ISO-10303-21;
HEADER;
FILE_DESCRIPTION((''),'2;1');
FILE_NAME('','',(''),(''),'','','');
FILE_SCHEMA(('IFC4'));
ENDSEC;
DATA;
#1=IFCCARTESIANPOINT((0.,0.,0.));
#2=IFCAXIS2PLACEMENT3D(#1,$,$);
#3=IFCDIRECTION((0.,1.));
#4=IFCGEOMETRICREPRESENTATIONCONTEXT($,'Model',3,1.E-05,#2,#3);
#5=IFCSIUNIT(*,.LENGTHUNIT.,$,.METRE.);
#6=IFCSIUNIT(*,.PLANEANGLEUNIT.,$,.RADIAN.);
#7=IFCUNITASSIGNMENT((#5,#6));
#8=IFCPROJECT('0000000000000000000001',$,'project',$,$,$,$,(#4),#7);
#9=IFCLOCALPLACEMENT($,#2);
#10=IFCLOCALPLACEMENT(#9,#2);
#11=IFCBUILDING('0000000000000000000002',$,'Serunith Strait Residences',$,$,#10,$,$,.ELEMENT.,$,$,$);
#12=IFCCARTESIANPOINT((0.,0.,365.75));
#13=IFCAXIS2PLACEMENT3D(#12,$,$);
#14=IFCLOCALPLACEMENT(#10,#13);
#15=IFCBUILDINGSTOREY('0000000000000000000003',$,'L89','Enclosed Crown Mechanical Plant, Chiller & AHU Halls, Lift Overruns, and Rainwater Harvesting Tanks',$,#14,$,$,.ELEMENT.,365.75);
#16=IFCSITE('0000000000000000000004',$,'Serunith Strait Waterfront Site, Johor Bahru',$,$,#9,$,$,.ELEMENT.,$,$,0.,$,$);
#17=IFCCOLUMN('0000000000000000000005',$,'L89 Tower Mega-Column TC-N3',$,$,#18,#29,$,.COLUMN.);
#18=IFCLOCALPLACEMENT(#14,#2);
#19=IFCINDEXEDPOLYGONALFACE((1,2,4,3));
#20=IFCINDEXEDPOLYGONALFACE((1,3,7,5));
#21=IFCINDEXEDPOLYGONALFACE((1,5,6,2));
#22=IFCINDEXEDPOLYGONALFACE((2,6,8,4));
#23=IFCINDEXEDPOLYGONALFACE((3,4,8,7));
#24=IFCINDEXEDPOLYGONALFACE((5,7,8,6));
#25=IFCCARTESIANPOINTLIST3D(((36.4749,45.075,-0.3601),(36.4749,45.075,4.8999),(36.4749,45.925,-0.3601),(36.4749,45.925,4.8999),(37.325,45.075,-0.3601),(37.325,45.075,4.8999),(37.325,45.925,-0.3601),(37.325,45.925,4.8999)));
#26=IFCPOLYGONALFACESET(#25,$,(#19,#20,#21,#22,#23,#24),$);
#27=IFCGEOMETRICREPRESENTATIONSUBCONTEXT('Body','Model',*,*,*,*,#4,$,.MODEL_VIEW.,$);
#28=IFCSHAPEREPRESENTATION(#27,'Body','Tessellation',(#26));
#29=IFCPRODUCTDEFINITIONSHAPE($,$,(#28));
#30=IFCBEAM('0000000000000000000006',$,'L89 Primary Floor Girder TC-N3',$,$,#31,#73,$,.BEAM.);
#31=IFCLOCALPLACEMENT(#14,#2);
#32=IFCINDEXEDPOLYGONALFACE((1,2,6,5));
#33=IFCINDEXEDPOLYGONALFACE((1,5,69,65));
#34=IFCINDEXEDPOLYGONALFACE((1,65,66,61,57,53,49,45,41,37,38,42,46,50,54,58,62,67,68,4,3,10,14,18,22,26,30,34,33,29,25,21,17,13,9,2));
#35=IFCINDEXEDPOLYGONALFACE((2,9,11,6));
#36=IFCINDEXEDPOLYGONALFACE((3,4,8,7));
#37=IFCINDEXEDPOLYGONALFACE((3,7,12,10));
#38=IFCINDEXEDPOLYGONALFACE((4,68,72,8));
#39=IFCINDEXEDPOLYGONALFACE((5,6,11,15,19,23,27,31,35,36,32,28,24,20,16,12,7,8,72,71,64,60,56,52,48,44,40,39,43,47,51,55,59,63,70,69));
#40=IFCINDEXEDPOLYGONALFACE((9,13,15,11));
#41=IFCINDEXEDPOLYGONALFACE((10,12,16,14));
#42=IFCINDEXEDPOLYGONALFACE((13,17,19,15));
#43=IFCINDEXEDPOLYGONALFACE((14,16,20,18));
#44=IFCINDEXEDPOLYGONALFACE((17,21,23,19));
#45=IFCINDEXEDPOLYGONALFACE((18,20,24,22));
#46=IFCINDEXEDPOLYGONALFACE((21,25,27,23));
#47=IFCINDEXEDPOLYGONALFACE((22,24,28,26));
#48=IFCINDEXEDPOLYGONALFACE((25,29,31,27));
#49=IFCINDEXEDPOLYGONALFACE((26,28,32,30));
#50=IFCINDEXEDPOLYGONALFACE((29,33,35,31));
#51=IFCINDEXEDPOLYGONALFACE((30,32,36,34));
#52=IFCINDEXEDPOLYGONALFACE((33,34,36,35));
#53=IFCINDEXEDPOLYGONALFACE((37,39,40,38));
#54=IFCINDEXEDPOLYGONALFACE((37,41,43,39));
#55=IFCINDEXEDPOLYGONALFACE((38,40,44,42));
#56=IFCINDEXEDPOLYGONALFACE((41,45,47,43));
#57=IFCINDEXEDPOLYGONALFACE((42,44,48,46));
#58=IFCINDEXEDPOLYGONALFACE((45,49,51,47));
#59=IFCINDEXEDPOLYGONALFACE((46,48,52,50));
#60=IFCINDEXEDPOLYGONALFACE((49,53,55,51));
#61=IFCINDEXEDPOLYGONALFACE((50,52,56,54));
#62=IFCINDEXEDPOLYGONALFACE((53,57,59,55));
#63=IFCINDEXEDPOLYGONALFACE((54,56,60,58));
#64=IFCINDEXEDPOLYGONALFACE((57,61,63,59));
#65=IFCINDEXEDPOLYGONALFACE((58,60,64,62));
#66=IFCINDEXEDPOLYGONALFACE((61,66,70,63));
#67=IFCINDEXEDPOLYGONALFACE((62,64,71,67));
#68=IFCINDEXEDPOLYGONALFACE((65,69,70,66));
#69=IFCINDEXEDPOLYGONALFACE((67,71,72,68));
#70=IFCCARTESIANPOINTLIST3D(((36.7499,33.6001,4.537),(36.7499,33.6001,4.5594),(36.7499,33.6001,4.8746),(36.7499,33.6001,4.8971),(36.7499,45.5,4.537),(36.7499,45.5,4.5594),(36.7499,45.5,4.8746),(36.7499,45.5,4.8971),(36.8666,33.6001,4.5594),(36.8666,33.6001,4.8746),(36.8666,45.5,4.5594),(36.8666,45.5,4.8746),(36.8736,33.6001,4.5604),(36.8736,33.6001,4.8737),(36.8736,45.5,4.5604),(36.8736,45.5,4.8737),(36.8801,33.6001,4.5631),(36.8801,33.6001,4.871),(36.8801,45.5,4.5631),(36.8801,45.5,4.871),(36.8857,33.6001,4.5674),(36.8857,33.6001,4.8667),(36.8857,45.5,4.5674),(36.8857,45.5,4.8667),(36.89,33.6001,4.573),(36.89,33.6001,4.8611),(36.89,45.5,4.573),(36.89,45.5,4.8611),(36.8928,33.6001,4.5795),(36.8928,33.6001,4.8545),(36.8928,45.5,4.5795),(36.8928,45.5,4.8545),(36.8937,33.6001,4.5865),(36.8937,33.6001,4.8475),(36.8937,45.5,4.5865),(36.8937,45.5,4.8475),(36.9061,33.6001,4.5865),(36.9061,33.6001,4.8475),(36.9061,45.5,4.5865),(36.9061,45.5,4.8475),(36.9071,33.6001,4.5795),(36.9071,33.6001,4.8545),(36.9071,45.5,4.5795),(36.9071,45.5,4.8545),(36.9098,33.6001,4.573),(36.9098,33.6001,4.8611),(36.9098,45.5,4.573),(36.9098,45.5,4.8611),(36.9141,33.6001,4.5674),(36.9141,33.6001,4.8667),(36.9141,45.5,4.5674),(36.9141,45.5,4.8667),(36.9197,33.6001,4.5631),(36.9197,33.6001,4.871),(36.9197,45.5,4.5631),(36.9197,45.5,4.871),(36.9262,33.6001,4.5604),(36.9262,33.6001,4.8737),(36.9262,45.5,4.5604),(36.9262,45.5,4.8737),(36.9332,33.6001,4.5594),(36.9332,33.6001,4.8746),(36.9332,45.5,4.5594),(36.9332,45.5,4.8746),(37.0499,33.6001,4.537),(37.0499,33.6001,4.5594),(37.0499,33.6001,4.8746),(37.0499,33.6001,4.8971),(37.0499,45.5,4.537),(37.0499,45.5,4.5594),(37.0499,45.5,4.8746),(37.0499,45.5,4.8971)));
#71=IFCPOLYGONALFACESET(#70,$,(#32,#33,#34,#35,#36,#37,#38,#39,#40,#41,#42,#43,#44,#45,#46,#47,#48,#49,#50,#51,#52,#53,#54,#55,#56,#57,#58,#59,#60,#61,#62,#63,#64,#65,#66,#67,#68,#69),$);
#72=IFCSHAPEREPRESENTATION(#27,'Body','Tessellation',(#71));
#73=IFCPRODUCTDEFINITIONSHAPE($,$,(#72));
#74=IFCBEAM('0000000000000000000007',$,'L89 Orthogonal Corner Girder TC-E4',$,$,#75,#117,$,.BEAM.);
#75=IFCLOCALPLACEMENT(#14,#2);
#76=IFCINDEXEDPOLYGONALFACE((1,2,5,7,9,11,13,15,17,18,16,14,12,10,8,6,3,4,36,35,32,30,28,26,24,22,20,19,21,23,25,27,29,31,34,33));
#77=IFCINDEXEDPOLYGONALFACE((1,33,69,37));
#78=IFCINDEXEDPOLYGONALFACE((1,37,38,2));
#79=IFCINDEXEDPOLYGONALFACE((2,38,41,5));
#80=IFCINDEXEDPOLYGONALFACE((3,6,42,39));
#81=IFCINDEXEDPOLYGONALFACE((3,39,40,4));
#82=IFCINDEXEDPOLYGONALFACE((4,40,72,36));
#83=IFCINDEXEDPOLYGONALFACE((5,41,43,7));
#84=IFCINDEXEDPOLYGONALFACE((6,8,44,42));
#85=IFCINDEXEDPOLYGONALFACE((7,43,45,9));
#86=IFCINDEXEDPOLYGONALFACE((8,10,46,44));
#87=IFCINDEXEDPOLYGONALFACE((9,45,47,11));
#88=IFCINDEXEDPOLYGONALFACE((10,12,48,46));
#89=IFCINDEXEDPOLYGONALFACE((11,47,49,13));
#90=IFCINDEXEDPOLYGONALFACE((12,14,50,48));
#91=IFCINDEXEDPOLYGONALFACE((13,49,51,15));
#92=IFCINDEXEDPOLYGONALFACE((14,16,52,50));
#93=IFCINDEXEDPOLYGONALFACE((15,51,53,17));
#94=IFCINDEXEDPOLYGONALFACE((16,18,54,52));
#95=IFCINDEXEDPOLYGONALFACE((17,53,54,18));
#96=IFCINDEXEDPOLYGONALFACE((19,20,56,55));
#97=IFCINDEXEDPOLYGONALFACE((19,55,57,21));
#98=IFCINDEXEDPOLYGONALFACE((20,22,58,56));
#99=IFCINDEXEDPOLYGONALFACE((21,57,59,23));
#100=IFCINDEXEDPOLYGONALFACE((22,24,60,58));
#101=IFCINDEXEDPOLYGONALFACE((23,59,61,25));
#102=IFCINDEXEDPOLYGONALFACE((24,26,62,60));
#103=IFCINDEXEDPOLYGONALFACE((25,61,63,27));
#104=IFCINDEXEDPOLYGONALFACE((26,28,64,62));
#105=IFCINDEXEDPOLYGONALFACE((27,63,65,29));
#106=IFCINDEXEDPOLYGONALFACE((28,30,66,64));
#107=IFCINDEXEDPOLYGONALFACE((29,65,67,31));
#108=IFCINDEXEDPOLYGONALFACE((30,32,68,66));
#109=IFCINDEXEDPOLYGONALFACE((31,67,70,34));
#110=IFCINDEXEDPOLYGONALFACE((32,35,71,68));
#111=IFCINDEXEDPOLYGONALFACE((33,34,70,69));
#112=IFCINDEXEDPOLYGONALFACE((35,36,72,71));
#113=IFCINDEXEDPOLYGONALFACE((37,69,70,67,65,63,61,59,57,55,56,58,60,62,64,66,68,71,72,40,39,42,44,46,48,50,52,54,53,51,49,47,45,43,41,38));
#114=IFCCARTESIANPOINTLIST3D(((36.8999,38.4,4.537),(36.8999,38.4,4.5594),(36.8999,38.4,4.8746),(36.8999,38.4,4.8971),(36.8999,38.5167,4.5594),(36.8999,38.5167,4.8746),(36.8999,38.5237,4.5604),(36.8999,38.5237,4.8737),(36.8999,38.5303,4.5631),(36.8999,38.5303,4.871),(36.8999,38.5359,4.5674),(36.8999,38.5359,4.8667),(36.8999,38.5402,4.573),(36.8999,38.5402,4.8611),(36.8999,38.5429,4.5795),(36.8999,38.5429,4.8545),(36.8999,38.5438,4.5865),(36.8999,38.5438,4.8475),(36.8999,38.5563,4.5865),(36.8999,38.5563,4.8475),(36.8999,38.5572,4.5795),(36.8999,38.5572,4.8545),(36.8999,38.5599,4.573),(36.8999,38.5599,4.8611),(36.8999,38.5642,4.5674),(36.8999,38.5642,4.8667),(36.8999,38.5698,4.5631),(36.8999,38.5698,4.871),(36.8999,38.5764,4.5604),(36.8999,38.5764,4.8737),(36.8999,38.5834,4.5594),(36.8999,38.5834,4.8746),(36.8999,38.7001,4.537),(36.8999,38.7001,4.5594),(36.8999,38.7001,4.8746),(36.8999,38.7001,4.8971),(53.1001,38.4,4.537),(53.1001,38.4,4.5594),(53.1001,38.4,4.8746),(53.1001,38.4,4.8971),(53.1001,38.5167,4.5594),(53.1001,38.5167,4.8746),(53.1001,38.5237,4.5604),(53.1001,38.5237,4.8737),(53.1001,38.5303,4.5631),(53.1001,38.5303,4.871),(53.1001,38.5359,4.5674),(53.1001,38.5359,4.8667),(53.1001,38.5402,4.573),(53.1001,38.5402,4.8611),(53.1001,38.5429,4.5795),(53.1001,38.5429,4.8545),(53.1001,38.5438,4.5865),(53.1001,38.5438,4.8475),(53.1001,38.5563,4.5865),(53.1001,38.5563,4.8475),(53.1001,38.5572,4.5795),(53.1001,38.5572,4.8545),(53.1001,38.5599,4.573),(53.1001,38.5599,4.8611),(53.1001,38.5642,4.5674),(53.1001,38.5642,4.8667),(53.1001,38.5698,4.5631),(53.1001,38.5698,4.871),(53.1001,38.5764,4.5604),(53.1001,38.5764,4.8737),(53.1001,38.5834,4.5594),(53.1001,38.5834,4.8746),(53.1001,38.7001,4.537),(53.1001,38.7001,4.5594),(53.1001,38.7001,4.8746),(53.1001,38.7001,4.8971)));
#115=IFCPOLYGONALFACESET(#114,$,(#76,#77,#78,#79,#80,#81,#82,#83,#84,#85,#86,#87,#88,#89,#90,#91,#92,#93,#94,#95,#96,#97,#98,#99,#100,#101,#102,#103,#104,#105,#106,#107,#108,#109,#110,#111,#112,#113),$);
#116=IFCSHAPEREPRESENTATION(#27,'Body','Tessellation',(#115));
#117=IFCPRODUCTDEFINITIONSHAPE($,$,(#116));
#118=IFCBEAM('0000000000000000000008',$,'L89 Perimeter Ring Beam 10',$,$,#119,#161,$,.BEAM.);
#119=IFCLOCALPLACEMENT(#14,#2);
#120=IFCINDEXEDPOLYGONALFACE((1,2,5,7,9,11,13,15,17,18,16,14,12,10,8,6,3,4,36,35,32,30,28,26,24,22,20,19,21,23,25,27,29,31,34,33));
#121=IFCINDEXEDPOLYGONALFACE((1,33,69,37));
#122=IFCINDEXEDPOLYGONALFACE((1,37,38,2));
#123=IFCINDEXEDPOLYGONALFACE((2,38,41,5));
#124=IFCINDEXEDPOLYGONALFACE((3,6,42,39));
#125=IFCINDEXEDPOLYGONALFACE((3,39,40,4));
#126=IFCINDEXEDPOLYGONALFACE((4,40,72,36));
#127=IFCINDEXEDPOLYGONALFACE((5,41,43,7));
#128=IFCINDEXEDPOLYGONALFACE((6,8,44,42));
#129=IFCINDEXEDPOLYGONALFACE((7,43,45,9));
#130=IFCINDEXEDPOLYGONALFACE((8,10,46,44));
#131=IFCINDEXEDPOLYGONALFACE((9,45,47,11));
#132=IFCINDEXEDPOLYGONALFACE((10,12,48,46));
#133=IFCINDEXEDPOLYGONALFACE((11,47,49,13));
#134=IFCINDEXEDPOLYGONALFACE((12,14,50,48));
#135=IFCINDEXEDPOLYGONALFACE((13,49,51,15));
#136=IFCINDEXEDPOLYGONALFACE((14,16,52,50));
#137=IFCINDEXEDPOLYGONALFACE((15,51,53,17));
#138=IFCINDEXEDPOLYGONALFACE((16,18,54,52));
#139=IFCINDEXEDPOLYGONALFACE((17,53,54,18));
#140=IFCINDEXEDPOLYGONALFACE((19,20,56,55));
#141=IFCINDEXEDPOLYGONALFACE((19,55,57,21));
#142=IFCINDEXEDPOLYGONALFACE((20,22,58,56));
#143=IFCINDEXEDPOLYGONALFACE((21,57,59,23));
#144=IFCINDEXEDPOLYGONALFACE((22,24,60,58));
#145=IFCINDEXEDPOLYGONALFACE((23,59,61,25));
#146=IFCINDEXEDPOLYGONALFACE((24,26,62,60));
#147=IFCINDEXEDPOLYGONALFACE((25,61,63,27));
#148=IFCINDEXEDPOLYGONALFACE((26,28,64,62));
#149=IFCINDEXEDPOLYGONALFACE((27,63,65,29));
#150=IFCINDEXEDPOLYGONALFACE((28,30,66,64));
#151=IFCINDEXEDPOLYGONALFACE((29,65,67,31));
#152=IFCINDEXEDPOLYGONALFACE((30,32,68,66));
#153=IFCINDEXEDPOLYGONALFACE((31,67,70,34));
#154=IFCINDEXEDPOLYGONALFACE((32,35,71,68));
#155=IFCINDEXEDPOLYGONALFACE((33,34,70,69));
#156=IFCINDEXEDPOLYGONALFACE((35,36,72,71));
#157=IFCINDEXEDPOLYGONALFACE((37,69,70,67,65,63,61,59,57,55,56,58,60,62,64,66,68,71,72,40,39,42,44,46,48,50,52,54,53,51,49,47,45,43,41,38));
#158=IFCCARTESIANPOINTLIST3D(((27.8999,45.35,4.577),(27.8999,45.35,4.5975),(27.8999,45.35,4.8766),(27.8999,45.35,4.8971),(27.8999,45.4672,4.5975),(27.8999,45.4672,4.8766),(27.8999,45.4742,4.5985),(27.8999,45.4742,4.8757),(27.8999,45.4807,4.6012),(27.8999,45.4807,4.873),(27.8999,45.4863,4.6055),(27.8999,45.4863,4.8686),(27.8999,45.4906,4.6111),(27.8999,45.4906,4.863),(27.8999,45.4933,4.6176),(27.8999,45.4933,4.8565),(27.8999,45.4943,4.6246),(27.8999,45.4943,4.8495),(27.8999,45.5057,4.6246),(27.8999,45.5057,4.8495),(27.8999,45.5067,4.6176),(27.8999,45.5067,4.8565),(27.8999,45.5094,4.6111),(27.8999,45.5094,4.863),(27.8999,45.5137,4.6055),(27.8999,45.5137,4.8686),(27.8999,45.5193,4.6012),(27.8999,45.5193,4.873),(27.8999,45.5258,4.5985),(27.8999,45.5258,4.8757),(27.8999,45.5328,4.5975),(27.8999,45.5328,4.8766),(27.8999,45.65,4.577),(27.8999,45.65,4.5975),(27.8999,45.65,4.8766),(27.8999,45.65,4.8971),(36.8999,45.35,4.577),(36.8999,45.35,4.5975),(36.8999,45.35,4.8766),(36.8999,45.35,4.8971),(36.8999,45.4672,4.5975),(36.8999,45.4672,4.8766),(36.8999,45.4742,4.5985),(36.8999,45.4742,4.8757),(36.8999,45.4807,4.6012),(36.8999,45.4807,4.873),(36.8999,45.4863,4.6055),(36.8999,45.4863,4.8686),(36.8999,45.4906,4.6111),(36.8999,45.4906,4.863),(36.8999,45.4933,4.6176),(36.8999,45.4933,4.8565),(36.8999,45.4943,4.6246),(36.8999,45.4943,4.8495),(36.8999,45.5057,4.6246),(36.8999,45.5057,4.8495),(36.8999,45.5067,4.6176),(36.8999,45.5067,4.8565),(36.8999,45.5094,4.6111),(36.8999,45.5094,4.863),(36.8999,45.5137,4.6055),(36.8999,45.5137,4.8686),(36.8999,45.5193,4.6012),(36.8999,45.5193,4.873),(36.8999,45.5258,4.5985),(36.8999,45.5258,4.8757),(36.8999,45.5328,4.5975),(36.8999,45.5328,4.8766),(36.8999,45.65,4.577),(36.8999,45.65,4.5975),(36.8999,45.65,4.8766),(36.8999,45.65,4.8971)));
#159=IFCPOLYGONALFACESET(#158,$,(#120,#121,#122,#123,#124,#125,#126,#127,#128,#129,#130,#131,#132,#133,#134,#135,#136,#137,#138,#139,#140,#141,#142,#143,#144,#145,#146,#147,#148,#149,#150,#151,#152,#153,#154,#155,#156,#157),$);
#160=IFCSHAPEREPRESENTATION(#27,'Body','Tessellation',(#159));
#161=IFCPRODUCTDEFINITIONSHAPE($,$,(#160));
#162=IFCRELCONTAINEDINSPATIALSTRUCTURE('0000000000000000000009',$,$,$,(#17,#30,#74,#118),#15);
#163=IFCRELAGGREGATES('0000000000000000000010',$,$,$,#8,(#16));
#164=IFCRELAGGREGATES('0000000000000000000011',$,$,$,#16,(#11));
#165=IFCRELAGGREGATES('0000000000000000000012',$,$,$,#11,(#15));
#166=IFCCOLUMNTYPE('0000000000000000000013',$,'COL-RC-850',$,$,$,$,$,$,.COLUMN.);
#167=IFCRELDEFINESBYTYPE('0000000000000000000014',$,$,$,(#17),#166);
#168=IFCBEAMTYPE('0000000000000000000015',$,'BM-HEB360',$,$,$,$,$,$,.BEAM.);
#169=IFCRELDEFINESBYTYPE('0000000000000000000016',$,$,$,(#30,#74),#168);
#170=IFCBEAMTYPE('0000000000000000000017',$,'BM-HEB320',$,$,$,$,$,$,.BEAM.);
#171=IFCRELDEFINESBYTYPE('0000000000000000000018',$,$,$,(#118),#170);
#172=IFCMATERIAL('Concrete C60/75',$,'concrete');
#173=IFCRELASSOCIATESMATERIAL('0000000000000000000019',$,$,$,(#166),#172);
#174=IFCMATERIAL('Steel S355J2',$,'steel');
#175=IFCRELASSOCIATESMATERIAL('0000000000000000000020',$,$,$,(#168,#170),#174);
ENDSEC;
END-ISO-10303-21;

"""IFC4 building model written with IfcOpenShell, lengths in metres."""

from ifc_helpers import new_model, si_unit, direction, frame, origin, origin_2d, place, context, subcontext, project, spatial, rectangle, i_section, extrude, source, transform, mapped, material, material_profile, profile_set, type_object, element, save


model = new_model("IFC4")

# Units and contexts
model_context = context("Model", 3, precision=1e-05, world=origin(), true_north=direction((0.0, 1.0)))
body_context = subcontext(model_context, "Body", "Model", "MODEL_VIEW")
ifc_project = project(units=[si_unit("LENGTHUNIT", "METRE"), si_unit("PLANEANGLEUNIT", "RADIAN")], contexts=[model_context])

# Site, building, storey
site_placement = place(None, origin())
site = spatial("IfcSite", under=ifc_project, at=site_placement, Name="Serunith Strait Waterfront Site, Johor Bahru", CompositionType="ELEMENT", RefElevation=0.0)
building_placement = place(site_placement, origin())
building = spatial("IfcBuilding", under=site, at=building_placement, Name="Serunith Strait Residences", CompositionType="ELEMENT")
storey_placement = place(building_placement, frame((0.0, 0.0, 365.75)))
storey = spatial("IfcBuildingStorey", under=building, at=storey_placement, Name="L89", Description="Enclosed Crown Mechanical Plant, Chiller & AHU Halls, Lift Overruns, and Rainwater Harvesting Tanks", CompositionType="ELEMENT", Elevation=365.75)

# Column
ifc_material_1 = material(Name="Concrete C60/75", Category="concrete")
ifc_material_profile_1 = material_profile(ifc_material_1, rectangle(XDim=0.8501, YDim=0.8501, at=origin_2d()), Name="RC 850x850")
ifc_profile_set_1 = profile_set([ifc_material_profile_1], Name="Concrete C60/75")
column_type = type_object("IfcColumnType", Name="COL-RC-850", PredefinedType="COLUMN", material=ifc_profile_set_1)
shared_shape_1 = source(origin(), body_context, "Body", "SweptSolid", [
    extrude(rectangle(XDim=0.8501, YDim=0.8501, at=origin_2d()), origin(), (0.0, 0.0, 1.0), 5.26),
])
column_placement = place(storey_placement, frame((36.8999, 45.5, -0.3601), z_axis=(0.0, 0.0, 1.0), x_axis=(1.0, 0.0, 0.0)))
element("IfcColumn", 1, at=column_placement, inside=storey, type_object=column_type, Name="L89 Tower Mega-Column TC-N3", PredefinedType="COLUMN", context=body_context, shape_type="MappedRepresentation", body=[
    mapped(shared_shape_1, transform((0.0, 0.0, 0.0), scale=1.0)),
])

# Beams
ifc_material_2 = material(Name="Steel S355J2", Category="steel")
ifc_material_profile_2 = material_profile(ifc_material_2, i_section(OverallWidth=0.3, OverallDepth=0.3601, WebThickness=0.0125, FlangeThickness=0.0225, FilletRadius=0.0271, at=origin_2d()), Name="HEB 360")
ifc_profile_set_2 = profile_set([ifc_material_profile_2], Name="Steel S355J2")
beam_type_1 = type_object("IfcBeamType", Name="BM-HEB360", PredefinedType="BEAM", material=ifc_profile_set_2)
shared_shape_2 = source(origin(), body_context, "Body", "SweptSolid", [
    extrude(i_section(OverallWidth=0.3, OverallDepth=0.3601, WebThickness=0.0125, FlangeThickness=0.0225, FilletRadius=0.0271, at=origin_2d()), origin(), (0.0, 0.0, 1.0), 11.8999),
])
beam_1_placement = place(storey_placement, frame((36.8999, 33.6001, 4.717), z_axis=(0.0, 1.0, 0.0), x_axis=(-1.0, 0.0, 0.0)))
element("IfcBeam", 2, at=beam_1_placement, inside=storey, type_object=beam_type_1, Name="L89 Primary Floor Girder TC-N3", PredefinedType="BEAM", context=body_context, shape_type="MappedRepresentation", body=[
    mapped(shared_shape_2, transform((0.0, 0.0, 0.0), scale=1.0)),
])
shared_shape_3 = source(origin(), body_context, "Body", "SweptSolid", [
    extrude(i_section(OverallWidth=0.3, OverallDepth=0.3601, WebThickness=0.0125, FlangeThickness=0.0225, FilletRadius=0.0271, at=origin_2d()), origin(), (0.0, 0.0, 1.0), 16.2002),
])
beam_2_placement = place(storey_placement, frame((36.8999, 38.55, 4.717), z_axis=(1.0, 0.0, 0.0), x_axis=(0.0, 1.0, 0.0)))
element("IfcBeam", 3, at=beam_2_placement, inside=storey, type_object=beam_type_1, Name="L89 Orthogonal Corner Girder TC-E4", PredefinedType="BEAM", context=body_context, shape_type="MappedRepresentation", body=[
    mapped(shared_shape_3, transform((0.0, 0.0, 0.0), scale=1.0)),
])
ifc_material_profile_3 = material_profile(ifc_material_2, i_section(OverallWidth=0.3, OverallDepth=0.3201, WebThickness=0.0115, FlangeThickness=0.0205, FilletRadius=0.0271, at=origin_2d()), Name="HEB 320")
ifc_profile_set_3 = profile_set([ifc_material_profile_3], Name="Steel S355J2")
beam_type_2 = type_object("IfcBeamType", Name="BM-HEB320", PredefinedType="BEAM", material=ifc_profile_set_3)
shared_shape_4 = source(origin(), body_context, "Body", "SweptSolid", [
    extrude(i_section(OverallWidth=0.3, OverallDepth=0.3201, WebThickness=0.0115, FlangeThickness=0.0205, FilletRadius=0.0271, at=origin_2d()), origin(), (0.0, 0.0, 1.0), 9.0),
])
beam_3_placement = place(storey_placement, frame((36.8999, 45.5, 4.7371), z_axis=(-1.0, 0.0, 0.0), x_axis=(0.0, -1.0, 0.0)))
element("IfcBeam", 4, at=beam_3_placement, inside=storey, type_object=beam_type_2, Name="L89 Perimeter Ring Beam 10", PredefinedType="BEAM", context=body_context, shape_type="MappedRepresentation", body=[
    mapped(shared_shape_4, transform((0.0, 0.0, 0.0), scale=1.0)),
])

save(model, "model.ifc")
